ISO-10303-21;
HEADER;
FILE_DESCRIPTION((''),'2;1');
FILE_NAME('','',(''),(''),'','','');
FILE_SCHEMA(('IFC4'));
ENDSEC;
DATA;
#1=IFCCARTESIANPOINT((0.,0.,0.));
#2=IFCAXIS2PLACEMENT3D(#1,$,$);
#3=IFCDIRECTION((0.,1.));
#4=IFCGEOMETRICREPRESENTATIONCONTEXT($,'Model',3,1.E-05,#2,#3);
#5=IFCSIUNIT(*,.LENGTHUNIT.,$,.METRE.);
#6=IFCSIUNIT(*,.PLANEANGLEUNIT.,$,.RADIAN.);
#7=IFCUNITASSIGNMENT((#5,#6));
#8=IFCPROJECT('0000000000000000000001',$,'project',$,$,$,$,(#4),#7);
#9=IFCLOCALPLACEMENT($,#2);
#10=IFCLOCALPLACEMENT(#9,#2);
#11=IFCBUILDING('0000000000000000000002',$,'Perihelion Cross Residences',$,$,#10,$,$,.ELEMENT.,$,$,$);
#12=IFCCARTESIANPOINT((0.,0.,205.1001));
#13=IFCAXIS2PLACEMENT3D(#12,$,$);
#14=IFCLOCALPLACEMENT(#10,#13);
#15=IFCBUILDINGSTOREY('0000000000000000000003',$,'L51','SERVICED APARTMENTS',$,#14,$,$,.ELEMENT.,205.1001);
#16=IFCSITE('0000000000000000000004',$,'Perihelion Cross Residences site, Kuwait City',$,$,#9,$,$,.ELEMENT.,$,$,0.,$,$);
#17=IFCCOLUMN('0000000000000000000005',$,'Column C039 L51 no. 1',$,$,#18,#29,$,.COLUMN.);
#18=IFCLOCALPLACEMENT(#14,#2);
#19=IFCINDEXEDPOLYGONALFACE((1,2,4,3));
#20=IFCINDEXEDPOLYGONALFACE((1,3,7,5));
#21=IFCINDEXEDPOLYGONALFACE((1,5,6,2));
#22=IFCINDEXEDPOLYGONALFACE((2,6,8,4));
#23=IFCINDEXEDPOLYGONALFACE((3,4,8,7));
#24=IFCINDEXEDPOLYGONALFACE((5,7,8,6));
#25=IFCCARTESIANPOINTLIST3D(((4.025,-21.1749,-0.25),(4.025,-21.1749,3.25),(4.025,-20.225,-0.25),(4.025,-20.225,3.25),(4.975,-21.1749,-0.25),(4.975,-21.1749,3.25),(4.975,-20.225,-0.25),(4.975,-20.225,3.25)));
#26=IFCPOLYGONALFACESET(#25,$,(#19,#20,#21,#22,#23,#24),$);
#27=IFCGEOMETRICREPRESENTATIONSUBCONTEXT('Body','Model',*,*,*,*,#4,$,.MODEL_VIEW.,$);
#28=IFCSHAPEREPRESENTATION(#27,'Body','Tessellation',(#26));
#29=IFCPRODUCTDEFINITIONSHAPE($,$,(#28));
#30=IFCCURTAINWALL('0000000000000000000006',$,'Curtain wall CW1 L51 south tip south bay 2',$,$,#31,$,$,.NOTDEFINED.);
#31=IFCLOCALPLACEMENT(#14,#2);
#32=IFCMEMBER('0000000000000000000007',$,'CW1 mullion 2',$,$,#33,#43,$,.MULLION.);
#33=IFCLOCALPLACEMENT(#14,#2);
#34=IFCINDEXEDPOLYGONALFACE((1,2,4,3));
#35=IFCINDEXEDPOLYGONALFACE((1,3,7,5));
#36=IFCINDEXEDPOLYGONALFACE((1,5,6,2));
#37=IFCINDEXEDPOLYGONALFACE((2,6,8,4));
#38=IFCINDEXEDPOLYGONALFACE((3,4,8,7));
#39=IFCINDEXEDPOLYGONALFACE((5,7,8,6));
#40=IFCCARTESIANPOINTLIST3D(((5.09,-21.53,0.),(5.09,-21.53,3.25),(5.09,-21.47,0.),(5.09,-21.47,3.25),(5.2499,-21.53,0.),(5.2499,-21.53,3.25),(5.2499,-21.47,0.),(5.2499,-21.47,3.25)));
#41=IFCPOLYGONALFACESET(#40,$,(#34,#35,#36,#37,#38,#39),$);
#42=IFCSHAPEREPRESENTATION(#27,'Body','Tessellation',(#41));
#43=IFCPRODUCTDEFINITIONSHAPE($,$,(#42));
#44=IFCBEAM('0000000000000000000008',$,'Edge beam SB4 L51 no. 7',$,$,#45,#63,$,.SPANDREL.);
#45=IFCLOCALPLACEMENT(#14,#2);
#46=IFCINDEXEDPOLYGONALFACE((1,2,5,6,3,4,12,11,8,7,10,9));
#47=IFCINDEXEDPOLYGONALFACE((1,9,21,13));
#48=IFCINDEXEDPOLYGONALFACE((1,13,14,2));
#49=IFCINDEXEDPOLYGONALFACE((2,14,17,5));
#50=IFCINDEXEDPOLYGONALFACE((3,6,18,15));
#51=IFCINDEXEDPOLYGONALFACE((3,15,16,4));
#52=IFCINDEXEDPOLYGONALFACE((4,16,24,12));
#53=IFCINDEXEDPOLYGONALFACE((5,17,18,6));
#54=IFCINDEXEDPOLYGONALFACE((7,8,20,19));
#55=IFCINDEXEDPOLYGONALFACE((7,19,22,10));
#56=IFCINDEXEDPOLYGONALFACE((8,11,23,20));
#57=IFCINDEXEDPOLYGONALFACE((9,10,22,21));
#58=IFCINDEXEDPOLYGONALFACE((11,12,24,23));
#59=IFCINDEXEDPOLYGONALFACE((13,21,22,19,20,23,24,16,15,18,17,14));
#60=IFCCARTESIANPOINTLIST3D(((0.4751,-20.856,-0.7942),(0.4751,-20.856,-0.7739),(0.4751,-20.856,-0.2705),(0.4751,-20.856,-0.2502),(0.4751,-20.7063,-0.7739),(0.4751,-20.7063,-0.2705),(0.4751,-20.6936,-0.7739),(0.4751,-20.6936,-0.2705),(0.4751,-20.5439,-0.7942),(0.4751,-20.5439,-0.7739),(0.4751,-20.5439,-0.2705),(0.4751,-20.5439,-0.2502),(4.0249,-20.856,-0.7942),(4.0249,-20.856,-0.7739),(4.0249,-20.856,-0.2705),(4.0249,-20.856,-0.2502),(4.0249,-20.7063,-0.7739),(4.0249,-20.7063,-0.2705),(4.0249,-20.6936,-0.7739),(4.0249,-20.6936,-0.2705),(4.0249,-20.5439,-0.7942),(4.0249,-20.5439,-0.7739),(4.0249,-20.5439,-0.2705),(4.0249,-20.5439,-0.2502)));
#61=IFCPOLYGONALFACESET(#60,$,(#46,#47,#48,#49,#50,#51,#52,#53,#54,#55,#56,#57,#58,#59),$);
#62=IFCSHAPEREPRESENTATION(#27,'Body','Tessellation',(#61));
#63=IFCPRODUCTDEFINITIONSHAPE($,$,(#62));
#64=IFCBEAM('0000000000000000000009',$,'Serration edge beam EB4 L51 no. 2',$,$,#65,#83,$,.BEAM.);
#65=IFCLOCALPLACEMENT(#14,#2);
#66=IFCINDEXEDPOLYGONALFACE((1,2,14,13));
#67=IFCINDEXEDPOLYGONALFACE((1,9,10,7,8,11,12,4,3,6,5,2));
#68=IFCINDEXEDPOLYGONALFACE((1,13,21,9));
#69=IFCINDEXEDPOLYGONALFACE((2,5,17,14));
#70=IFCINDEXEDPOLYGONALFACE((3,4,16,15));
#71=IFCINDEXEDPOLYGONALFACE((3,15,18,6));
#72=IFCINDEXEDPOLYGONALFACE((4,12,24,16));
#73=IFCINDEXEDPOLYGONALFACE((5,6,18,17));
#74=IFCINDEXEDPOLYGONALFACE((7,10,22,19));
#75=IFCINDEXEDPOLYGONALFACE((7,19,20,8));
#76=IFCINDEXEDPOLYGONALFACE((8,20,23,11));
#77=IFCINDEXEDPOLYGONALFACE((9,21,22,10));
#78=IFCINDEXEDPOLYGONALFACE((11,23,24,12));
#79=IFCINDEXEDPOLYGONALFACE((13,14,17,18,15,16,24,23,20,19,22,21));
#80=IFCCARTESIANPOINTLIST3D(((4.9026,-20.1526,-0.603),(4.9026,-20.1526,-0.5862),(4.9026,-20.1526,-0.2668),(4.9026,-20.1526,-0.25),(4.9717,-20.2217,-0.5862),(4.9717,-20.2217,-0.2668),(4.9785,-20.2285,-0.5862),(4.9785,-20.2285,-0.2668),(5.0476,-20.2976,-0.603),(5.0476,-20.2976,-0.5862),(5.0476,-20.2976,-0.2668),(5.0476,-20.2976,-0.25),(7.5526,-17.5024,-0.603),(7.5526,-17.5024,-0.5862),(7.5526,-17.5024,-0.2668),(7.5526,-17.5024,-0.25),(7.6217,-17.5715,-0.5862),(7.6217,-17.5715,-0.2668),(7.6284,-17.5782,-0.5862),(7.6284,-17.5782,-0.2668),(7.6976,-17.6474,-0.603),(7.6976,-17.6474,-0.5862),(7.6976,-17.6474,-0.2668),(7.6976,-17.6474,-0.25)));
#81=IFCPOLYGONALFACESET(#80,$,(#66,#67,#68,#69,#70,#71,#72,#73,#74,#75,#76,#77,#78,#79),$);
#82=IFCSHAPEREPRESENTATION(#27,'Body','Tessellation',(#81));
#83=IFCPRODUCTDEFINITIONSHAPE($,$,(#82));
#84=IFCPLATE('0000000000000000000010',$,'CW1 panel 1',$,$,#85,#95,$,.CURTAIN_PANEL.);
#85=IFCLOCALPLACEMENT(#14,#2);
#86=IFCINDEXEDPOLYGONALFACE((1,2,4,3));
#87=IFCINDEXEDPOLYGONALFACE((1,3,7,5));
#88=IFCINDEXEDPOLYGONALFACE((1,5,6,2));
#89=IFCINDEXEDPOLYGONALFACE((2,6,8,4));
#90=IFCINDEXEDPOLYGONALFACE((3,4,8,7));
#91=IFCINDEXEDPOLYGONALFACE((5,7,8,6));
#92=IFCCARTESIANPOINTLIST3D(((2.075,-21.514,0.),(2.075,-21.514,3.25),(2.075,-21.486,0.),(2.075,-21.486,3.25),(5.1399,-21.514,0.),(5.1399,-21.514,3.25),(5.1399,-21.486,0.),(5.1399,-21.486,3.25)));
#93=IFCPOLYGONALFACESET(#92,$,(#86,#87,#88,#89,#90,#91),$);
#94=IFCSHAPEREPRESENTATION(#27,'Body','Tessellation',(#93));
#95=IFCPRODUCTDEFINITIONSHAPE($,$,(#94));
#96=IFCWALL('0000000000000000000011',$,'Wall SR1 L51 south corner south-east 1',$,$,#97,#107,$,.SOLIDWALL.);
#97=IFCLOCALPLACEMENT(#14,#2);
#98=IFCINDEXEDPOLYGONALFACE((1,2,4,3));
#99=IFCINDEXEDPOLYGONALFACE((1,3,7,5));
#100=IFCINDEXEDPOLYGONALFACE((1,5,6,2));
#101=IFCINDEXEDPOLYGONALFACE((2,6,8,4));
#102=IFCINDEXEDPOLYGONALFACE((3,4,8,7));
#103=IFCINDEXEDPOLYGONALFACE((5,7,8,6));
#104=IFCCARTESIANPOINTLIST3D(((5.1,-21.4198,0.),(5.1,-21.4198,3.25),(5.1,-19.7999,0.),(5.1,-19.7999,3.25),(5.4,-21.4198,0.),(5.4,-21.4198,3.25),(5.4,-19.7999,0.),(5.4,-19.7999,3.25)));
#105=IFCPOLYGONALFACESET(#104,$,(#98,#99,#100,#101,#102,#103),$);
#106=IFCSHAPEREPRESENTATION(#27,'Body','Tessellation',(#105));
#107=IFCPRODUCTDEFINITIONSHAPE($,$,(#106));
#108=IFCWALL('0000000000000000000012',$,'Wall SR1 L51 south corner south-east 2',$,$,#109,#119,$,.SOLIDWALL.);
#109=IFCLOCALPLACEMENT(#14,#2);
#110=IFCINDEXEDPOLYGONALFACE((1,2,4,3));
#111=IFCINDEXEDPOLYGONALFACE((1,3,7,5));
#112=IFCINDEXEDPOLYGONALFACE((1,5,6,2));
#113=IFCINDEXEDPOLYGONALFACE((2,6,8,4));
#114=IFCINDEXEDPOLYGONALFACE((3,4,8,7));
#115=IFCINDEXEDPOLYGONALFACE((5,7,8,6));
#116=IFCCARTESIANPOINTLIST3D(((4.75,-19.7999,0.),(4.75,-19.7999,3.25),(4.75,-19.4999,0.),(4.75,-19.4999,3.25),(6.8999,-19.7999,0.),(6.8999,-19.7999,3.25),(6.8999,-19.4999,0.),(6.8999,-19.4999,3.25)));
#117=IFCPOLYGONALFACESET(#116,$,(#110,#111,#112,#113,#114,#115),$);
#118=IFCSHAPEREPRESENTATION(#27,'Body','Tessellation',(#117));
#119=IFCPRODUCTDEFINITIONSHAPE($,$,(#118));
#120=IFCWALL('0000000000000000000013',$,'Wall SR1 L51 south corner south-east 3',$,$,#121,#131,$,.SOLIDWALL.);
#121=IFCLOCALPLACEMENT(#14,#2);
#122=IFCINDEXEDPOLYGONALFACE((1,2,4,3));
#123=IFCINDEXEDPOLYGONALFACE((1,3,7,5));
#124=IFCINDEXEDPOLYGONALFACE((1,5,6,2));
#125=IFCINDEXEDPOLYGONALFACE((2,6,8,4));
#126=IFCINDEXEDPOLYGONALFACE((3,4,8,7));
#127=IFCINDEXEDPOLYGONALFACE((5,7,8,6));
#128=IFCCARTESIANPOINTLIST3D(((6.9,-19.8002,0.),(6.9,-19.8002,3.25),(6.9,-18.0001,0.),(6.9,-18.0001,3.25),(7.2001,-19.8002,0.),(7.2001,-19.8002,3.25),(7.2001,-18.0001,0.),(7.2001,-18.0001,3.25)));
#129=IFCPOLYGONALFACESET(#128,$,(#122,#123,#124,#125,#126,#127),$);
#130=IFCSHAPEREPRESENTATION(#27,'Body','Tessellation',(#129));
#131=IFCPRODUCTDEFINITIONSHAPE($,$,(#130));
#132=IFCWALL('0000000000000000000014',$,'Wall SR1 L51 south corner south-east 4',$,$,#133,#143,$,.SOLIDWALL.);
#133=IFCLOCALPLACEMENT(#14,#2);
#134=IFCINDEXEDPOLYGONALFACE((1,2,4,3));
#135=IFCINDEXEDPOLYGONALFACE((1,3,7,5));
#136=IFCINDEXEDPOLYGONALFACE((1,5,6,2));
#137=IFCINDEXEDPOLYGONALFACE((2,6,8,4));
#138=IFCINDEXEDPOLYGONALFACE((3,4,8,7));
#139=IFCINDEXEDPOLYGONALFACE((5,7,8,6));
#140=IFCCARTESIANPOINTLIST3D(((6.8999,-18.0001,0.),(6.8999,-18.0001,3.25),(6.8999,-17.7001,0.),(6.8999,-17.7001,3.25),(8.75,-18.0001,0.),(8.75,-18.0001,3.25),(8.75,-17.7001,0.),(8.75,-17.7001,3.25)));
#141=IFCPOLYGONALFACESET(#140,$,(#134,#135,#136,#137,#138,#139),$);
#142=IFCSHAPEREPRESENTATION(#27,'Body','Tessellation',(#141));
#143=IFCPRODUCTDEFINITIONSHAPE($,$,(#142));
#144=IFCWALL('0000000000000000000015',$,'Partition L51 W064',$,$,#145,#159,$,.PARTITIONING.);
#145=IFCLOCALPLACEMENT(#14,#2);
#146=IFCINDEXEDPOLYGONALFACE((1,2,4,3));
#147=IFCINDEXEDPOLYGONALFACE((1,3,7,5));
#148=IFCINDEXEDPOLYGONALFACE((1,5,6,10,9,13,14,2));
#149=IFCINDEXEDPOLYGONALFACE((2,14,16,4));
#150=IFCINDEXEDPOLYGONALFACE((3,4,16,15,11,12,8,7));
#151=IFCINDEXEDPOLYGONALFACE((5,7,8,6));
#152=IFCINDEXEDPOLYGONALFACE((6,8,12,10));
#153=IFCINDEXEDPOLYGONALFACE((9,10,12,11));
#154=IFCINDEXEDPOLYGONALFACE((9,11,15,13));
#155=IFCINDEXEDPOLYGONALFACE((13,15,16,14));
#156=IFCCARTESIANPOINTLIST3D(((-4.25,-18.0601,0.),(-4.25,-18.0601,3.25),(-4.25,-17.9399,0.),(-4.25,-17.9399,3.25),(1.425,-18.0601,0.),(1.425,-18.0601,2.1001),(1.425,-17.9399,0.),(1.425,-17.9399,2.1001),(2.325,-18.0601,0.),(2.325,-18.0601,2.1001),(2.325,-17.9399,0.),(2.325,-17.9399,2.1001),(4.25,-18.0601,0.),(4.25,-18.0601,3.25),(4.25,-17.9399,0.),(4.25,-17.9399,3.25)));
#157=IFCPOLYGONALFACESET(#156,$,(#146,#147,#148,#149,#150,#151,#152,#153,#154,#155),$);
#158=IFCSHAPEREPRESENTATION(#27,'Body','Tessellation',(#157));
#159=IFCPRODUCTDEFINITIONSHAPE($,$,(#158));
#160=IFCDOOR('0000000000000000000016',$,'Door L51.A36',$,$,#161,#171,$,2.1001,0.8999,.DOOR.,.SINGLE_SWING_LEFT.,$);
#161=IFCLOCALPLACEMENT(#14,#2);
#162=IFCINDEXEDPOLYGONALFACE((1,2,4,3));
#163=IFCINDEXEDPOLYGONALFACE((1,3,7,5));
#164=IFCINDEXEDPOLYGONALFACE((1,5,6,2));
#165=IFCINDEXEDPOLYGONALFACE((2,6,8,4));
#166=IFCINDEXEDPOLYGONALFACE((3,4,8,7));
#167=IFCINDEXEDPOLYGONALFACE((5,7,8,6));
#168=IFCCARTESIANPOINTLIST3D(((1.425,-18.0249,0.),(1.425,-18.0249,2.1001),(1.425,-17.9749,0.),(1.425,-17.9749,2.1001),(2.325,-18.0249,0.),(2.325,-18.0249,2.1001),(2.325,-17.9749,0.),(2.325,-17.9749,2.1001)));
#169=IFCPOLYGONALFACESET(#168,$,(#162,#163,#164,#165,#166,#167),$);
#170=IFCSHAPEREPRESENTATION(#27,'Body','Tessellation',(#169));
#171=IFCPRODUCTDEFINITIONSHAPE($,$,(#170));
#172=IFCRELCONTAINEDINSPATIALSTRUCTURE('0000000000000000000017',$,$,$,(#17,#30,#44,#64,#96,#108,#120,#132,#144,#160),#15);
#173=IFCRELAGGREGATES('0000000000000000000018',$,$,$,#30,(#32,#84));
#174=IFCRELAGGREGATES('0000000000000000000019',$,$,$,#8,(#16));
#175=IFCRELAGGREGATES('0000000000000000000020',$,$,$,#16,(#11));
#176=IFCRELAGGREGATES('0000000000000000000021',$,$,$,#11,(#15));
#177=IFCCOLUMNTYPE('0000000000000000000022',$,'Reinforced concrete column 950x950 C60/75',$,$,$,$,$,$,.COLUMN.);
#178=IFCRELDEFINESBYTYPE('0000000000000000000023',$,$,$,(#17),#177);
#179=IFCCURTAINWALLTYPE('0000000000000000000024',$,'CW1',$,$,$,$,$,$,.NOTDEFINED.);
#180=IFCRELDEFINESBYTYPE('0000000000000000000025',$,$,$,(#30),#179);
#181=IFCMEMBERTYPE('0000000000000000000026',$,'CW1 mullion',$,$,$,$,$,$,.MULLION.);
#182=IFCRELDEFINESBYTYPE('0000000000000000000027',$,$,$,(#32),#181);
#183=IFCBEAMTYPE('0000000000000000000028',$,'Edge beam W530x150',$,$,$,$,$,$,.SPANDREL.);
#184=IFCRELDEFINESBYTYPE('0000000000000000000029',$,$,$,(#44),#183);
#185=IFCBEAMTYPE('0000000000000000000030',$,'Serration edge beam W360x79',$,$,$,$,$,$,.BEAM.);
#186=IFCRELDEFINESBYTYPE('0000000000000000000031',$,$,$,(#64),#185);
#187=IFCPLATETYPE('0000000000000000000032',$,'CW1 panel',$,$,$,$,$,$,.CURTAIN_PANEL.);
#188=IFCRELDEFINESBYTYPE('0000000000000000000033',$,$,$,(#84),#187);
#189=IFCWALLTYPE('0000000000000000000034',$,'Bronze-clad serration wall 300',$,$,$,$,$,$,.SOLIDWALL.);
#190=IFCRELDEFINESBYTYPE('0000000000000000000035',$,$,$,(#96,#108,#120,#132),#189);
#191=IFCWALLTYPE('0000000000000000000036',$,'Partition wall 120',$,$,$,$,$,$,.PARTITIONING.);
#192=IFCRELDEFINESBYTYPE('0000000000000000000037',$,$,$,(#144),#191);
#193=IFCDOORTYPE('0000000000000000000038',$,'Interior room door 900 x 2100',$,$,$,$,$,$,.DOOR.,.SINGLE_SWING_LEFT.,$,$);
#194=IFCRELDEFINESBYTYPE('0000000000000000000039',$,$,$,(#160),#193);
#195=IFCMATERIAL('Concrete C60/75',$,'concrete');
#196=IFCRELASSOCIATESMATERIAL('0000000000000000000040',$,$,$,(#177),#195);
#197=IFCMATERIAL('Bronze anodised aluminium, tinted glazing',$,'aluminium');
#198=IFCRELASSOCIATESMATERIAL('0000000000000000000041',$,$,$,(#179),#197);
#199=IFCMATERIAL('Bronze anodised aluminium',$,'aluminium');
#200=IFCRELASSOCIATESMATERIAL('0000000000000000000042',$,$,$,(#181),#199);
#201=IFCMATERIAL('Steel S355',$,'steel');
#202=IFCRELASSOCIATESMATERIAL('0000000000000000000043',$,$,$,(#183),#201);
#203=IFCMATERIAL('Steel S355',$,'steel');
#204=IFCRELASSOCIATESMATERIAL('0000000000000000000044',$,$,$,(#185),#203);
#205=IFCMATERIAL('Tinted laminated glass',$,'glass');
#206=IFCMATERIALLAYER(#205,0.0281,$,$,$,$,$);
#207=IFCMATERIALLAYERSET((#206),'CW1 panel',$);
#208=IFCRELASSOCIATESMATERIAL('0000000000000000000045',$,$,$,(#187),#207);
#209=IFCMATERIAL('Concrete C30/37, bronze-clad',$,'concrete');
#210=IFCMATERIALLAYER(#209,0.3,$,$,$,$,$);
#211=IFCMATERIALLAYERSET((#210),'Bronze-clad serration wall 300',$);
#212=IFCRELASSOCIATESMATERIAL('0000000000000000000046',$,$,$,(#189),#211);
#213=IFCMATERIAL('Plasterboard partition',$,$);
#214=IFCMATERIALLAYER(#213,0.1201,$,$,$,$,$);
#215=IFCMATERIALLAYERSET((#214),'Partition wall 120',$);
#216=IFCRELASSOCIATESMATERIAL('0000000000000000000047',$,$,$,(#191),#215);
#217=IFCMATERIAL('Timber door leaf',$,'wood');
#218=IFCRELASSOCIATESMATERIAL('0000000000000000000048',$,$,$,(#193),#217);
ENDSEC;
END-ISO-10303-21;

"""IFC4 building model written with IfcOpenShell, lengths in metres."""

from ifc_helpers import new_model, si_unit, direction, frame, frame_2d, origin, origin_2d, place, context, subcontext, project, spatial, rectangle, i_section, extrude, material, layer, layer_set, material_profile, profile_set, type_object, element, fill, aggregate, save


model = new_model("IFC4")

# Units and contexts
model_context = context("Model", 3, precision=1e-05, world=origin(), true_north=direction((0.0, 1.0)))
body_context = subcontext(model_context, "Body", "Model", "MODEL_VIEW")
ifc_project = project(units=[si_unit("LENGTHUNIT", "METRE"), si_unit("PLANEANGLEUNIT", "RADIAN")], contexts=[model_context])

# Site, building, storey
site_placement = place(None, origin())
site = spatial("IfcSite", under=ifc_project, at=site_placement, Name="Perihelion Cross Residences site, Kuwait City", CompositionType="ELEMENT", RefElevation=0.0)
building_placement = place(site_placement, origin())
building = spatial("IfcBuilding", under=site, at=building_placement, Name="Perihelion Cross Residences", CompositionType="ELEMENT")
storey_placement = place(building_placement, frame((0.0, 0.0, 205.1001)))
storey = spatial("IfcBuildingStorey", under=building, at=storey_placement, Name="L51", Description="SERVICED APARTMENTS", CompositionType="ELEMENT", Elevation=205.1001)

# Column
ifc_material_1 = material(Name="Concrete C60/75", Category="concrete")
ifc_material_profile_1 = material_profile(ifc_material_1, rectangle(XDim=0.95, YDim=0.95, at=origin_2d()), Name="RC 950x950")
ifc_profile_set_1 = profile_set([ifc_material_profile_1], Name="Concrete C60/75")
column_type = type_object("IfcColumnType", Name="Reinforced concrete column 950x950 C60/75", PredefinedType="COLUMN", material=ifc_profile_set_1)
column_placement = place(storey_placement, frame((4.5, -20.7, -0.25), z_axis=(0.0, 0.0, 1.0), x_axis=(1.0, 0.0, 0.0)))
element("IfcColumn", 1, at=column_placement, inside=storey, type_object=column_type, Name="Column C039 L51 no. 1", PredefinedType="COLUMN", context=body_context, shape_type="SweptSolid", body=[
    extrude(rectangle(XDim=0.95, YDim=0.95, at=origin_2d()), origin(), (0.0, 0.0, 1.0), 3.5),
])

# Curtain wall, member
ifc_material_2 = material(Name="Bronze anodised aluminium, tinted glazing", Category="aluminium")
curtain_wall_type = type_object("IfcCurtainWallType", Name="CW1", PredefinedType="NOTDEFINED", material=ifc_material_2)
curtain_wall_placement = place(storey_placement, origin())
curtain_wall = element("IfcCurtainWall", 2, at=curtain_wall_placement, inside=storey, type_object=curtain_wall_type, Name="Curtain wall CW1 L51 south tip south bay 2", PredefinedType="NOTDEFINED")
ifc_material_3 = material(Name="Bronze anodised aluminium", Category="aluminium")
ifc_material_profile_2 = material_profile(ifc_material_3, rectangle(XDim=0.0601, YDim=0.1599, at=origin_2d()), Name="CW1 mullion")
ifc_profile_set_2 = profile_set([ifc_material_profile_2], Name="Bronze anodised aluminium")
member_type = type_object("IfcMemberType", Name="CW1 mullion", PredefinedType="MULLION", material=ifc_profile_set_2)
member_placement = place(storey_placement, frame((5.1699, -21.5, 0.0), z_axis=(0.0, 0.0, 1.0), x_axis=(0.0, 1.0, 0.0)))
member = element("IfcMember", 3, at=member_placement, type_object=member_type, Name="CW1 mullion 2", PredefinedType="MULLION", context=body_context, shape_type="SweptSolid", body=[
    extrude(rectangle(XDim=0.0601, YDim=0.1599, at=origin_2d()), origin(), (0.0, 0.0, 1.0), 3.25),
])

# Beams
ifc_material_4 = material(Name="Steel S355", Category="steel")
ifc_material_profile_3 = material_profile(ifc_material_4, i_section(OverallWidth=0.312, OverallDepth=0.5439, WebThickness=0.0127, FlangeThickness=0.0203, at=origin_2d()), Name="W530x150")
ifc_profile_set_3 = profile_set([ifc_material_profile_3], Name="Steel S355")
beam_type_1 = type_object("IfcBeamType", Name="Edge beam W530x150", PredefinedType="SPANDREL", material=ifc_profile_set_3)
beam_1_placement = place(storey_placement, frame((0.4751, -20.7, -0.5222), z_axis=(1.0, 0.0, 0.0), x_axis=(0.0, 1.0, 0.0)))
element("IfcBeam", 4, at=beam_1_placement, inside=storey, type_object=beam_type_1, Name="Edge beam SB4 L51 no. 7", PredefinedType="SPANDREL", context=body_context, shape_type="SweptSolid", body=[
    extrude(i_section(OverallWidth=0.312, OverallDepth=0.5439, WebThickness=0.0127, FlangeThickness=0.0203, at=origin_2d()), origin(), (0.0, 0.0, 1.0), 3.5498),
])
ifc_material_5 = material(Name="Steel S355", Category="steel")
ifc_material_profile_4 = material_profile(ifc_material_5, i_section(OverallWidth=0.2051, OverallDepth=0.353, WebThickness=0.0095, FlangeThickness=0.0168, at=origin_2d()), Name="W360x79")
ifc_profile_set_4 = profile_set([ifc_material_profile_4], Name="Steel S355")
beam_type_2 = type_object("IfcBeamType", Name="Serration edge beam W360x79", PredefinedType="BEAM", material=ifc_profile_set_4)
beam_2_placement = place(storey_placement, frame((4.9751, -20.2251, -0.4265), z_axis=(0.707074, 0.707139, 0.0), x_axis=(-0.707139, 0.707074, 0.0)))
element("IfcBeam", 5, at=beam_2_placement, inside=storey, type_object=beam_type_2, Name="Serration edge beam EB4 L51 no. 2", PredefinedType="BEAM", context=body_context, shape_type="SweptSolid", body=[
    extrude(i_section(OverallWidth=0.2051, OverallDepth=0.353, WebThickness=0.0095, FlangeThickness=0.0168, at=origin_2d()), origin(), (0.0, 0.0, 1.0), 3.7478),
])

# Plate
ifc_material_6 = material(Name="Tinted laminated glass", Category="glass")
ifc_layer_1 = layer(ifc_material_6, 0.0281)
ifc_layer_set_1 = layer_set([ifc_layer_1], Name="CW1 panel")
plate_type = type_object("IfcPlateType", Name="CW1 panel", PredefinedType="CURTAIN_PANEL", material=ifc_layer_set_1)
plate_placement = place(storey_placement, frame((3.6074, -21.5, 0.0), z_axis=(0.0, 0.0, 1.0), x_axis=(1.0, 0.0, 0.0)))
plate = element("IfcPlate", 6, at=plate_placement, type_object=plate_type, Name="CW1 panel 1", PredefinedType="CURTAIN_PANEL", context=body_context, shape_type="SweptSolid", body=[
    extrude(rectangle(XDim=3.0649, YDim=0.0281, at=origin_2d()), origin(), (0.0, 0.0, 1.0), 3.25),
])
aggregate(curtain_wall, [member, plate])

# Walls
ifc_material_7 = material(Name="Concrete C30/37, bronze-clad", Category="concrete")
ifc_layer_2 = layer(ifc_material_7, 0.3)
ifc_layer_set_2 = layer_set([ifc_layer_2], Name="Bronze-clad serration wall 300")
wall_type_1 = type_object("IfcWallType", Name="Bronze-clad serration wall 300", PredefinedType="SOLIDWALL", material=ifc_layer_set_2)
wall_1_placement = place(storey_placement, frame((5.25, -21.4199, 0.0), z_axis=(0.0, 0.0, 1.0), x_axis=(0.0, 1.0, 0.0)))
element("IfcWall", 7, at=wall_1_placement, inside=storey, type_object=wall_type_1, Name="Wall SR1 L51 south corner south-east 1", PredefinedType="SOLIDWALL", context=body_context, shape_type="SweptSolid", body=[
    extrude(rectangle(XDim=1.6199, YDim=0.3, at=frame_2d((0.8101, 0.0))), origin(), (0.0, 0.0, 1.0), 3.25),
])
wall_2_placement = place(storey_placement, frame((4.75, -19.6499, 0.0), z_axis=(0.0, 0.0, 1.0), x_axis=(1.0, 0.0, 0.0)))
element("IfcWall", 8, at=wall_2_placement, inside=storey, type_object=wall_type_1, Name="Wall SR1 L51 south corner south-east 2", PredefinedType="SOLIDWALL", context=body_context, shape_type="SweptSolid", body=[
    extrude(rectangle(XDim=2.1499, YDim=0.3, at=frame_2d((1.075, 0.0))), origin(), (0.0, 0.0, 1.0), 3.25),
])
wall_3_placement = place(storey_placement, frame((7.05, -19.8, 0.0), z_axis=(0.0, 0.0, 1.0), x_axis=(0.0, 1.0, 0.0)))
element("IfcWall", 9, at=wall_3_placement, inside=storey, type_object=wall_type_1, Name="Wall SR1 L51 south corner south-east 3", PredefinedType="SOLIDWALL", context=body_context, shape_type="SweptSolid", body=[
    extrude(rectangle(XDim=1.8, YDim=0.3, at=frame_2d((0.8999, 0.0))), origin(), (0.0, 0.0, 1.0), 3.25),
])
wall_4_placement = place(storey_placement, frame((6.8999, -17.8501, 0.0), z_axis=(0.0, 0.0, 1.0), x_axis=(1.0, 0.0, 0.0)))
element("IfcWall", 10, at=wall_4_placement, inside=storey, type_object=wall_type_1, Name="Wall SR1 L51 south corner south-east 4", PredefinedType="SOLIDWALL", context=body_context, shape_type="SweptSolid", body=[
    extrude(rectangle(XDim=1.8501, YDim=0.3, at=frame_2d((0.925, 0.0))), origin(), (0.0, 0.0, 1.0), 3.25),
])

# Wall, opening, door
ifc_material_8 = material(Name="Plasterboard partition")
ifc_layer_3 = layer(ifc_material_8, 0.1201)
ifc_layer_set_3 = layer_set([ifc_layer_3], Name="Partition wall 120")
wall_type_2 = type_object("IfcWallType", Name="Partition wall 120", PredefinedType="PARTITIONING", material=ifc_layer_set_3)
wall_5_placement = place(storey_placement, frame((4.25, -18.0, 0.0), z_axis=(0.0, 0.0, 1.0), x_axis=(-1.0, 0.0, 0.0)))
wall_5 = element("IfcWall", 11, at=wall_5_placement, inside=storey, type_object=wall_type_2, Name="Partition L51 W064", PredefinedType="PARTITIONING", context=body_context, shape_type="SweptSolid", body=[
    extrude(rectangle(XDim=8.5, YDim=0.1201, at=frame_2d((4.25, 0.0))), origin(), (0.0, 0.0, 1.0), 3.25),
])
opening_1_placement = place(wall_5_placement, frame((1.925, 0.0, 0.0)))
opening_1 = element("IfcOpeningElement", 12, at=opening_1_placement, cuts=wall_5, PredefinedType="OPENING", context=body_context, shape_type="SweptSolid", body=[
    extrude(rectangle(XDim=0.8999, YDim=2.1001, at=frame_2d((0.45, 1.05))), frame((0.0, 0.0701, 0.0), z_axis=(0.0, -1.0, 0.0), x_axis=(1.0, 0.0, 0.0)), (0.0, 0.0, 1.0), 0.1401),
])
ifc_material_9 = material(Name="Timber door leaf", Category="wood")
door_type_1 = type_object("IfcDoorType", Name="Interior room door 900 x 2100", OperationType="SINGLE_SWING_LEFT", PredefinedType="DOOR", material=ifc_material_9)
door_1_placement = place(opening_1_placement, origin())
door_1 = element("IfcDoor", 13, at=door_1_placement, inside=storey, type_object=door_type_1, Name="Door L51.A36", OperationType="SINGLE_SWING_LEFT", OverallHeight=2.1001, OverallWidth=0.8999, PredefinedType="DOOR", context=body_context, shape_type="SweptSolid", body=[
    extrude(rectangle(XDim=0.8999, YDim=2.1001, at=frame_2d((0.45, 1.05))), frame((0.0, 0.0249, 0.0), z_axis=(0.0, -1.0, 0.0), x_axis=(1.0, 0.0, 0.0)), (0.0, 0.0, 1.0), 0.05),
])
fill(opening_1, door_1)

save(model, "model.ifc")
